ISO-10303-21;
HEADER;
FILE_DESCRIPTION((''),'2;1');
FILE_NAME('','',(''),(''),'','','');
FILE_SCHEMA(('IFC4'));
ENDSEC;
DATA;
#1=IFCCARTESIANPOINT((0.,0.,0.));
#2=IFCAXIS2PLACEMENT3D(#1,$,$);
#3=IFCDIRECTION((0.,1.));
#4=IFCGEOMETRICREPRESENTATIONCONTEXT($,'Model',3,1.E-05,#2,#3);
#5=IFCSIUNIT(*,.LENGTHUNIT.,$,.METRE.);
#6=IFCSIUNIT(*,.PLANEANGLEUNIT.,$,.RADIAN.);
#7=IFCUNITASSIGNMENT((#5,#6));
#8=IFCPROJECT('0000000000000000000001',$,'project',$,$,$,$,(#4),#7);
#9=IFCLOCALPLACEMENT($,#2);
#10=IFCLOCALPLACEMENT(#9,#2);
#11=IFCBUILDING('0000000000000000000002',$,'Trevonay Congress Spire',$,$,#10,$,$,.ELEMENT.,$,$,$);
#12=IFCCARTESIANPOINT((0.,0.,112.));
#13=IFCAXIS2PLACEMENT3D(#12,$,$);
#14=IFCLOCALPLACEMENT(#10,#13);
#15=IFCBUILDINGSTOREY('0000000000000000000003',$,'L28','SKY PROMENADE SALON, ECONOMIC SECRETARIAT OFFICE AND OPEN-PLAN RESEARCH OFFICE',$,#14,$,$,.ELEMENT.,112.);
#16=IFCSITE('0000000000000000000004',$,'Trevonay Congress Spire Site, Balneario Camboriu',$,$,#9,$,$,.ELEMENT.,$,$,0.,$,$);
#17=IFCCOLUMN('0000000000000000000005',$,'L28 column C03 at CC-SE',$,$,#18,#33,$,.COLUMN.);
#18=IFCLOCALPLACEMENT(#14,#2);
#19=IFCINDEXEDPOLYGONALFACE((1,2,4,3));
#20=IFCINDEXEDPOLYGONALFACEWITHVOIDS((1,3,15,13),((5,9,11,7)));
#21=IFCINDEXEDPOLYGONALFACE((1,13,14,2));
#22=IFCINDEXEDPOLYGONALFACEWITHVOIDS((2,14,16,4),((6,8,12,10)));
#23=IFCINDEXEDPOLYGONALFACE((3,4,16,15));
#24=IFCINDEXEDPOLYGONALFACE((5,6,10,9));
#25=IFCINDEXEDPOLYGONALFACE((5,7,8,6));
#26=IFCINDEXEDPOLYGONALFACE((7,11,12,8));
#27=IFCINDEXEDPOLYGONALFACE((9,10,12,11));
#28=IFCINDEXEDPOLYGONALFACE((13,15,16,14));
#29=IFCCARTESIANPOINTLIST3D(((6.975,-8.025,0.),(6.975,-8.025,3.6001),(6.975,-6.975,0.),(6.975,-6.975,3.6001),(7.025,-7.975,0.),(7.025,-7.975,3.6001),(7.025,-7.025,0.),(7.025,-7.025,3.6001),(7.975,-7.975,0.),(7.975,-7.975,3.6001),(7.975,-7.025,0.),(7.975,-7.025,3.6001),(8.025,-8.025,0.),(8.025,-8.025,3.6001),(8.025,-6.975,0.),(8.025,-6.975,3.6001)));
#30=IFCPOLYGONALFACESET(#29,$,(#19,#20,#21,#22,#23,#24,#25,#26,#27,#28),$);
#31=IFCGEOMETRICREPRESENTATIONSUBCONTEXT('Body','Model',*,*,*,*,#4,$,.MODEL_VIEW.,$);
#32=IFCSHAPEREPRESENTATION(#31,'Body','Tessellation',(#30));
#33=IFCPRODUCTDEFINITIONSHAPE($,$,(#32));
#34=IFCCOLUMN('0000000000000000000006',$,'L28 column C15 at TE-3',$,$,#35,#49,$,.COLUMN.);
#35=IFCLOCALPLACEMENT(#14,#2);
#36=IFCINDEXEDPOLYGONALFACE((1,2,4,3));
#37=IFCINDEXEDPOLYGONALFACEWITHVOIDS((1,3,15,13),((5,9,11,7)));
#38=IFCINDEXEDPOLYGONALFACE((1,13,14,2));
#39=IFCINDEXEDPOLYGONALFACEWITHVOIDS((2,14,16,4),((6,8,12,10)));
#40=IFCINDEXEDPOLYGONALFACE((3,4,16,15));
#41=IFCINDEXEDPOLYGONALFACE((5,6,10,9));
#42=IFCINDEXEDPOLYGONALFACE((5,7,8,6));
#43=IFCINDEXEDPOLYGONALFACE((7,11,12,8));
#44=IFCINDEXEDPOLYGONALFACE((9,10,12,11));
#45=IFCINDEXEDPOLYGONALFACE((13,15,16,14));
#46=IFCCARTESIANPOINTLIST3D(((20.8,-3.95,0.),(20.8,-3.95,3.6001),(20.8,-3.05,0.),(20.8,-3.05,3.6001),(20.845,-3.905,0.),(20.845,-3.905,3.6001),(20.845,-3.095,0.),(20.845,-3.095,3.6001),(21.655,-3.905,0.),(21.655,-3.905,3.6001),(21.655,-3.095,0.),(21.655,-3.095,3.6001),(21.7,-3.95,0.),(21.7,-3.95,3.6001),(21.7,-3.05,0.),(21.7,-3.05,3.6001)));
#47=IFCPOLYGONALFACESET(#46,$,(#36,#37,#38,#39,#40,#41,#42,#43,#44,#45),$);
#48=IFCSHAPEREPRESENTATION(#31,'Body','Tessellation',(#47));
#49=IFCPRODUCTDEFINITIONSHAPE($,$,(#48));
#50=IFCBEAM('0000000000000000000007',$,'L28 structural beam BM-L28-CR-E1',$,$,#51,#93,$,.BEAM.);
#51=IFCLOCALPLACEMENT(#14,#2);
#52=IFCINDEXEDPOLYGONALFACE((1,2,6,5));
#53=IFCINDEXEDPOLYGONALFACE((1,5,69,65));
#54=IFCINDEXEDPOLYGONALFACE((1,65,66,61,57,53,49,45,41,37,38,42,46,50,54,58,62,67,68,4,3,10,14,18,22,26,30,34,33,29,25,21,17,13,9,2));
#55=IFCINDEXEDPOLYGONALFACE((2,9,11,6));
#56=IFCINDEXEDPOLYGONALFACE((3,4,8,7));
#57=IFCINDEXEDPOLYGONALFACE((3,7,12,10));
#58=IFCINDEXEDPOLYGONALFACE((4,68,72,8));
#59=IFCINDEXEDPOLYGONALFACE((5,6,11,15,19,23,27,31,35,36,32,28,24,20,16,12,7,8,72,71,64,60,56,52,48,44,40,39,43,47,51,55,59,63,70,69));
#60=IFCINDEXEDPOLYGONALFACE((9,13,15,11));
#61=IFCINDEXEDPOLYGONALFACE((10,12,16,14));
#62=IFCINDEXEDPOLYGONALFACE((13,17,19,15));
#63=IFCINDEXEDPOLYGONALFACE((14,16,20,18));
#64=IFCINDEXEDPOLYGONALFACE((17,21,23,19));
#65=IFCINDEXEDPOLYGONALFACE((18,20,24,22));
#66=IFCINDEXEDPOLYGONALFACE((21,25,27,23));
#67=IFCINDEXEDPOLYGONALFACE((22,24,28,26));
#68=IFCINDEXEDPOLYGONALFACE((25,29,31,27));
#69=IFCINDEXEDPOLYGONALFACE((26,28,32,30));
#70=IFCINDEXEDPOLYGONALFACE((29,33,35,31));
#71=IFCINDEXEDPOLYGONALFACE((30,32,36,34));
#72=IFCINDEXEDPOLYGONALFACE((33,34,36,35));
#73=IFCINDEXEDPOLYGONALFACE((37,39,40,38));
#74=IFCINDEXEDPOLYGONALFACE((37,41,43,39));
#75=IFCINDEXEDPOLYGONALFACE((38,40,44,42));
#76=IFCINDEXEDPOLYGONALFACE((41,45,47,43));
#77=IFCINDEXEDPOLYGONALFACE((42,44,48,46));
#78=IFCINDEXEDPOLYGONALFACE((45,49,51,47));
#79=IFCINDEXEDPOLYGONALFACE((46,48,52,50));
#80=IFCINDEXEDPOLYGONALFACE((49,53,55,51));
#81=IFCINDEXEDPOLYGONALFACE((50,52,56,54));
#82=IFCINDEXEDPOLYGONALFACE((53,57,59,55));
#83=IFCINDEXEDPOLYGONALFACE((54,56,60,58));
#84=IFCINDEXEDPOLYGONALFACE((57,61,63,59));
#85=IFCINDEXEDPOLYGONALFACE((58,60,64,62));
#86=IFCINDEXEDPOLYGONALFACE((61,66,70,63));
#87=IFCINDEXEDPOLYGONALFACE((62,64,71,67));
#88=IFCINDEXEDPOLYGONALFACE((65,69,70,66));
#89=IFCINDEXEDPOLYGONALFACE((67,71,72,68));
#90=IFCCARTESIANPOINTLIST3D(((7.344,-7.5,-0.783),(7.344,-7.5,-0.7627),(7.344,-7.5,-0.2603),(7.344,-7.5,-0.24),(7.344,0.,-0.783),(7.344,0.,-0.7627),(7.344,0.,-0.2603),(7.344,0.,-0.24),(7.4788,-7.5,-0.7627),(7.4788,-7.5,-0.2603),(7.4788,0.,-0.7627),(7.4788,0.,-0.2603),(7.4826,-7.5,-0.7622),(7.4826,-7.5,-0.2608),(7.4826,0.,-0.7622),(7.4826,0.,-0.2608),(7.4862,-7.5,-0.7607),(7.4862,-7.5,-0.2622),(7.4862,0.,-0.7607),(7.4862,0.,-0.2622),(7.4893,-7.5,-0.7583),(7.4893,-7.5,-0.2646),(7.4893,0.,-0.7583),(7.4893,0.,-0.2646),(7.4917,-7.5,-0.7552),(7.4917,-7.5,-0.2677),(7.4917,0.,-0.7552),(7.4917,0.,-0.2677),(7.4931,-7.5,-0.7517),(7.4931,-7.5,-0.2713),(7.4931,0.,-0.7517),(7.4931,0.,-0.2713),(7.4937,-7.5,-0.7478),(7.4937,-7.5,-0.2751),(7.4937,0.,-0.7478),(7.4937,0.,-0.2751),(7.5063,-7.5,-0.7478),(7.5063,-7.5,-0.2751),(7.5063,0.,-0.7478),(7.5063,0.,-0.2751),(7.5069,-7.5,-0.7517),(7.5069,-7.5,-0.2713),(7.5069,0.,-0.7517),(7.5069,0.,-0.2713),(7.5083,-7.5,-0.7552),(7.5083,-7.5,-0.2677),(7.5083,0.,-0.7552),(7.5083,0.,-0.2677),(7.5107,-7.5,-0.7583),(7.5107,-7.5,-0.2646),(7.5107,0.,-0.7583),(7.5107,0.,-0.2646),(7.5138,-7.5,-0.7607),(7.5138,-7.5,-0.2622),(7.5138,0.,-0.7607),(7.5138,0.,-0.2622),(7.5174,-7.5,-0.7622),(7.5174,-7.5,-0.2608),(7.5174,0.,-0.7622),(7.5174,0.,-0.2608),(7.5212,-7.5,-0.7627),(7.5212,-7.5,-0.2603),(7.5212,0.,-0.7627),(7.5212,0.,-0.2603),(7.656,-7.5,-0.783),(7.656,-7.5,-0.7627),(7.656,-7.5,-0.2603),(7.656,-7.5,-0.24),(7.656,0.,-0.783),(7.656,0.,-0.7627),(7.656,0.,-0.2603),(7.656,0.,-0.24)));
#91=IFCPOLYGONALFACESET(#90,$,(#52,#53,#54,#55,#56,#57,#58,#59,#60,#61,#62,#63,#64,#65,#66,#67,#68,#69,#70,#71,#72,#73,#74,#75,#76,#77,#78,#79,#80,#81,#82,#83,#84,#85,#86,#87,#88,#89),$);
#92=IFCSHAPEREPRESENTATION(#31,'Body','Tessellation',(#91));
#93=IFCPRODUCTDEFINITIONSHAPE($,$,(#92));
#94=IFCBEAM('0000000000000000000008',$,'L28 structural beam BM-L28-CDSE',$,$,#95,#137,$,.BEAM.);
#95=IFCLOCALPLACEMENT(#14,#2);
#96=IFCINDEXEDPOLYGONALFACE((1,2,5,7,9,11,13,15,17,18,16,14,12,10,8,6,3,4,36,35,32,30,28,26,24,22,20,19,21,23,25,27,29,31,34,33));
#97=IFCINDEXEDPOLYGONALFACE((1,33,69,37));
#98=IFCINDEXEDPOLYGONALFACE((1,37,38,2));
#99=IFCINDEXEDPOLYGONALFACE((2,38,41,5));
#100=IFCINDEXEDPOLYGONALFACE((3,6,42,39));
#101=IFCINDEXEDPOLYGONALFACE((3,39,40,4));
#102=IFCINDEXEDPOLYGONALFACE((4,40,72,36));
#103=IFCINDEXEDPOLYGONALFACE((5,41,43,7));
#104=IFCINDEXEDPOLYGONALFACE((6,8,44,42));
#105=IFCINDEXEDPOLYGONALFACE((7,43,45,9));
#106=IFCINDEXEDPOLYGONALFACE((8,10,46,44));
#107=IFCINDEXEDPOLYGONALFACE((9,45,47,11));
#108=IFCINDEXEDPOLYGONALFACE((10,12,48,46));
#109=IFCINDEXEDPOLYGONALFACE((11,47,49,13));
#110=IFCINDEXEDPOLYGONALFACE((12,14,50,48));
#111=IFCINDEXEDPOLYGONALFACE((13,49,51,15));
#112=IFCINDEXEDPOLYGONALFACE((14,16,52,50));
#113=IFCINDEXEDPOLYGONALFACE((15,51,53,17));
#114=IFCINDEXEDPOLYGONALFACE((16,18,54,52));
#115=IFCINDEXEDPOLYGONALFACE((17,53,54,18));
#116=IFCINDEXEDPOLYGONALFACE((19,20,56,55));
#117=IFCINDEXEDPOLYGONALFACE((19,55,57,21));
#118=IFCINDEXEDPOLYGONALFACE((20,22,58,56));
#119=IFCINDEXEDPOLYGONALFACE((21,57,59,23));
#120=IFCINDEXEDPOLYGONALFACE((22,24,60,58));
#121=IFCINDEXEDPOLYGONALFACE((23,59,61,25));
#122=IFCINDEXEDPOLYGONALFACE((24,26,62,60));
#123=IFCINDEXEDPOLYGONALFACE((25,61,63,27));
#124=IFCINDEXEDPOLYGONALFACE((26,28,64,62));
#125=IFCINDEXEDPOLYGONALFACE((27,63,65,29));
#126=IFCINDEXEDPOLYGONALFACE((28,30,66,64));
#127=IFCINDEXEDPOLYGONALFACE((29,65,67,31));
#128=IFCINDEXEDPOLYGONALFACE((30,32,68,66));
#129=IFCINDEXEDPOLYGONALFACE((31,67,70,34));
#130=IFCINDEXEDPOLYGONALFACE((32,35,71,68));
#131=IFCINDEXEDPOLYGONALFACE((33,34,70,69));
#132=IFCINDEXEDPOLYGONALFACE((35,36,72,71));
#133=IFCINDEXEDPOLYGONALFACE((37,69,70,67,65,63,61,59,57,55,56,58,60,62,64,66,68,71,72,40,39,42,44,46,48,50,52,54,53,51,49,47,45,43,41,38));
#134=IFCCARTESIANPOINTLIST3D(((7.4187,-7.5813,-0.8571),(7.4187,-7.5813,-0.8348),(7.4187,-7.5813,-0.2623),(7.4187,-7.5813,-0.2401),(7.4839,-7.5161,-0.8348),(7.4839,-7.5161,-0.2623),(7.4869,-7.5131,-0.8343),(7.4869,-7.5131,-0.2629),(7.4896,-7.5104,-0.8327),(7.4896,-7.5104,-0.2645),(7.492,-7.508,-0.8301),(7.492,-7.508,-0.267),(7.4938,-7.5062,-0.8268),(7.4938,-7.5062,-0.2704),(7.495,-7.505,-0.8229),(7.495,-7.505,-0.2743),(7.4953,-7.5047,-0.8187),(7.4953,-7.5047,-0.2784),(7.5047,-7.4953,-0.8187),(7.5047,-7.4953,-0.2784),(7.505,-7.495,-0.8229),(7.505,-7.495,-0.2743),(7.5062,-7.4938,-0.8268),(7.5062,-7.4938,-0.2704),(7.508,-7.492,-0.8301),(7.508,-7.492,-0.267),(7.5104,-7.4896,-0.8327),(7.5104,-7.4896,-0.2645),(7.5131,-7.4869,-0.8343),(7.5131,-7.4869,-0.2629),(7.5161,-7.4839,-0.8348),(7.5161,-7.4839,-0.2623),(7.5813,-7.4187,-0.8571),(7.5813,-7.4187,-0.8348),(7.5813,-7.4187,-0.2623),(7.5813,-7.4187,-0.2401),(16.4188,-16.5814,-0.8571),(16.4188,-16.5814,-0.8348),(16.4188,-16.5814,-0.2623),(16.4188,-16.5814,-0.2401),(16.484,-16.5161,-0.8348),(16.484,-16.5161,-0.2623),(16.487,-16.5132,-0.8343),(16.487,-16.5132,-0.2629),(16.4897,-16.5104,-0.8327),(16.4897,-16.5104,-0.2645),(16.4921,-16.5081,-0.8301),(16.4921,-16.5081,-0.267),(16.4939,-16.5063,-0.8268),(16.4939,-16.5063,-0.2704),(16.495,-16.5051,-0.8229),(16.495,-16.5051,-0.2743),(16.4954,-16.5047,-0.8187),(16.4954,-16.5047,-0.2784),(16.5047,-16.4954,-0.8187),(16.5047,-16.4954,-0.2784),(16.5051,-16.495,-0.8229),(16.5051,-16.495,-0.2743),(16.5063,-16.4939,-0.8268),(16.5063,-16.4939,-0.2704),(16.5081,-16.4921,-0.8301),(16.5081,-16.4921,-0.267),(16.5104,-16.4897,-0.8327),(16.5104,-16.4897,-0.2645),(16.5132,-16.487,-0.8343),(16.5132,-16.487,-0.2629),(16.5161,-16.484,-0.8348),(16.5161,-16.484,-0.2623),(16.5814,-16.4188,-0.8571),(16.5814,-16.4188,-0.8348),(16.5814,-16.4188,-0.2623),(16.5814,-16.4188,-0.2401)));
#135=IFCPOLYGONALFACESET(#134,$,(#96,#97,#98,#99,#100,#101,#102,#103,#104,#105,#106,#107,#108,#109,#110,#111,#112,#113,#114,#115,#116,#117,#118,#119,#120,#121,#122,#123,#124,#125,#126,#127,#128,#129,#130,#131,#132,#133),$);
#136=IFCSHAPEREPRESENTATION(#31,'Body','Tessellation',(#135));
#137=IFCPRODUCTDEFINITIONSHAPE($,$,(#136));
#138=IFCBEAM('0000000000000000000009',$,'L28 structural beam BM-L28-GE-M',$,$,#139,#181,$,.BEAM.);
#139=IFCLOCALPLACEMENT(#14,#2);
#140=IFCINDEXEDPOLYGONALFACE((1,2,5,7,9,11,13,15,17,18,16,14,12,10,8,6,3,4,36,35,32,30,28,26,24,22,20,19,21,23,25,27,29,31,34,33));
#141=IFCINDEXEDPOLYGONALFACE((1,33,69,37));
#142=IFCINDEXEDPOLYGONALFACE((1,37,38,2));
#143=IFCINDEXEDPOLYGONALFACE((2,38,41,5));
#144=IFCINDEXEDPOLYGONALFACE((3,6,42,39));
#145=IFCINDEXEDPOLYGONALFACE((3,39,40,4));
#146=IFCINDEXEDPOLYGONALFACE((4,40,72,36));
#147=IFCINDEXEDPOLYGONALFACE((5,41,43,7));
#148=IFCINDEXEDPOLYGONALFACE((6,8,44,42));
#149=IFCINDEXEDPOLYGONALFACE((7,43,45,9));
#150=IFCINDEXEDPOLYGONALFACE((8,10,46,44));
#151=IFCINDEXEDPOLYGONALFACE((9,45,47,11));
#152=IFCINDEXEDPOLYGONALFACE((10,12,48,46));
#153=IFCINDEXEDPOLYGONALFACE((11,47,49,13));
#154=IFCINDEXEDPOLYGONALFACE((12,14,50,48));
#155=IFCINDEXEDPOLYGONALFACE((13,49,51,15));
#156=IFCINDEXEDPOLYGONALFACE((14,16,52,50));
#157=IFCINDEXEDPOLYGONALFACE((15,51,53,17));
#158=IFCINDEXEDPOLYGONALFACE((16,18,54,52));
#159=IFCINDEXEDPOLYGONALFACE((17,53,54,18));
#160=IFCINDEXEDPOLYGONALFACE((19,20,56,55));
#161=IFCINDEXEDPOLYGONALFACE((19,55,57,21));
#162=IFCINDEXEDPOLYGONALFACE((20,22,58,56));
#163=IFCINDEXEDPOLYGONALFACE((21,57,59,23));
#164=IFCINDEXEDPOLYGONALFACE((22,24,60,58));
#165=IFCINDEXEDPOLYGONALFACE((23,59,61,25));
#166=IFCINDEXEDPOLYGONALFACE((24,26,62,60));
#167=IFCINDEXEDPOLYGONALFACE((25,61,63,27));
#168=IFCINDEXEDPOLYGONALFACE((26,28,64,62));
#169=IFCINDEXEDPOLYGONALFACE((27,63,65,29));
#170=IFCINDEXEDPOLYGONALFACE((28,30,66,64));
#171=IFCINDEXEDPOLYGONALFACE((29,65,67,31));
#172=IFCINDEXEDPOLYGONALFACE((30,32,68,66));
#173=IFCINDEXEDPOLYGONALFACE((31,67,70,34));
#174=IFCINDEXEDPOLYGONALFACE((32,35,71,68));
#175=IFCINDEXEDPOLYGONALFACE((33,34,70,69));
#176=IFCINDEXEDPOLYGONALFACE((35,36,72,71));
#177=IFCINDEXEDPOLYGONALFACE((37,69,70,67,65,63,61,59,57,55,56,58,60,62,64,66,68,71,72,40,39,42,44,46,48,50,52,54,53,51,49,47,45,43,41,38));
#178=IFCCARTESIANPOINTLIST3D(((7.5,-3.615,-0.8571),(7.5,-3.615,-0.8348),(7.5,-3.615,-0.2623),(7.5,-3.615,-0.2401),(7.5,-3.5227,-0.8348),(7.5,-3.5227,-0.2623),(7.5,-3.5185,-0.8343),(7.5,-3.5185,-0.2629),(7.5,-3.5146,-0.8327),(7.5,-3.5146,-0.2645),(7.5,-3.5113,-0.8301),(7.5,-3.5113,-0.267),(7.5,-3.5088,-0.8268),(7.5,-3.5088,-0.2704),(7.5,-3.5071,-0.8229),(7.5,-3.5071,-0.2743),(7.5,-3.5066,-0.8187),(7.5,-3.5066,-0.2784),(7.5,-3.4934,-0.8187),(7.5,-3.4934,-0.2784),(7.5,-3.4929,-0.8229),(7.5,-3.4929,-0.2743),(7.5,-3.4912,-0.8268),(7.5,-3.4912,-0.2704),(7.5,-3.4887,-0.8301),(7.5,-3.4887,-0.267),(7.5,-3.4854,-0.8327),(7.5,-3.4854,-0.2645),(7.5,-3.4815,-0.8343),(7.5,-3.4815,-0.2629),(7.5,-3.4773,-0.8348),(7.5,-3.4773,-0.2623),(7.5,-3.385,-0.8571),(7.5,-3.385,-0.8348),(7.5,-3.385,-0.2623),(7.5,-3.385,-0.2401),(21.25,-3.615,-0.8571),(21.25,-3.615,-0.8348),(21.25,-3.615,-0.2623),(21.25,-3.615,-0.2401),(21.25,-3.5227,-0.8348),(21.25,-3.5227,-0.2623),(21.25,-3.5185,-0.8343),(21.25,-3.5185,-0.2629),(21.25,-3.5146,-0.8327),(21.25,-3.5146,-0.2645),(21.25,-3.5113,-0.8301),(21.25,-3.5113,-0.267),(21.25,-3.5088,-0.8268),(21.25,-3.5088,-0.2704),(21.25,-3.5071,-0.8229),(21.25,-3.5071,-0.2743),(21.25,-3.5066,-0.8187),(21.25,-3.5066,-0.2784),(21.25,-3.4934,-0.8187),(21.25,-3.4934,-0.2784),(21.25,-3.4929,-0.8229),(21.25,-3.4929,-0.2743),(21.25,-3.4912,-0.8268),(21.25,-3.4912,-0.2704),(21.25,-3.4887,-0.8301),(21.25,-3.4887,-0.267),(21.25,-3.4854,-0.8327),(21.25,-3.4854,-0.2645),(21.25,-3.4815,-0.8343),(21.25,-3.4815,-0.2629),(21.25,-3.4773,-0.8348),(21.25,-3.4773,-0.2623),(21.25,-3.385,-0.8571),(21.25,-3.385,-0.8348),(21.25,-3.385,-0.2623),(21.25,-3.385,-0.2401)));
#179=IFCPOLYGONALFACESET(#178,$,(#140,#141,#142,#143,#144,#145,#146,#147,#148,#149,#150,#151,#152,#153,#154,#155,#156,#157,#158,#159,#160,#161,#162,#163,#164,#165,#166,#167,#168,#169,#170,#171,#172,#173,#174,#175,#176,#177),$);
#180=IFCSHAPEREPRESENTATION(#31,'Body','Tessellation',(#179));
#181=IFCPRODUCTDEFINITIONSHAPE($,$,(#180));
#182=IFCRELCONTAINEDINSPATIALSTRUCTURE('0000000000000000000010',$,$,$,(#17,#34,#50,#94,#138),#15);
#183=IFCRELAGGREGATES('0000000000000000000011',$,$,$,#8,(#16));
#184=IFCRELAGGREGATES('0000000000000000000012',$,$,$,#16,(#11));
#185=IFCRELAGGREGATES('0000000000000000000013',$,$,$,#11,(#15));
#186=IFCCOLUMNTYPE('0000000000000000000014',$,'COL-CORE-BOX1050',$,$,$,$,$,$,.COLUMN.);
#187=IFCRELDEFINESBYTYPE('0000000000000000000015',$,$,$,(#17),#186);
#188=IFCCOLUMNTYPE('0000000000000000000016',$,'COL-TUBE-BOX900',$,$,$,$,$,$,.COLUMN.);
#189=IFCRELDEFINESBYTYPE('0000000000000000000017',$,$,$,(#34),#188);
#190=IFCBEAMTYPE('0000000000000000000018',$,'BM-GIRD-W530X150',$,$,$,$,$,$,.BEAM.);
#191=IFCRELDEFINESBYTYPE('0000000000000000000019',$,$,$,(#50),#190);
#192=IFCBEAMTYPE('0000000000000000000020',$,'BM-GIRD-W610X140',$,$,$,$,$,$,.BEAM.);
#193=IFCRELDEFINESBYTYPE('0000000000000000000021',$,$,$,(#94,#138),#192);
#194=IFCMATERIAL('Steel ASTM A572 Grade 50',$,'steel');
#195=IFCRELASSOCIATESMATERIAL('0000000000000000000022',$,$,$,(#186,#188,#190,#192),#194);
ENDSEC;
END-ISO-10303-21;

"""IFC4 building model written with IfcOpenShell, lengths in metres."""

from ifc_helpers import new_model, si_unit, direction, frame, origin, origin_2d, place, context, subcontext, project, spatial, hollow_rectangle, i_section, extrude, material, material_profile, profile_set, type_object, element, save


model = new_model("IFC4")

# Units and contexts
model_context = context("Model", 3, precision=1e-05, world=origin(), true_north=direction((0.0, 1.0)))
body_context = subcontext(model_context, "Body", "Model", "MODEL_VIEW")
ifc_project = project(units=[si_unit("LENGTHUNIT", "METRE"), si_unit("PLANEANGLEUNIT", "RADIAN")], contexts=[model_context])

# Site, building, storey
site_placement = place(None, origin())
site = spatial("IfcSite", under=ifc_project, at=site_placement, Name="Trevonay Congress Spire Site, Balneario Camboriu", CompositionType="ELEMENT", RefElevation=0.0)
building_placement = place(site_placement, origin())
building = spatial("IfcBuilding", under=site, at=building_placement, Name="Trevonay Congress Spire", CompositionType="ELEMENT")
storey_placement = place(building_placement, frame((0.0, 0.0, 112.0)))
storey = spatial("IfcBuildingStorey", under=building, at=storey_placement, Name="L28", Description="SKY PROMENADE SALON, ECONOMIC SECRETARIAT OFFICE AND OPEN-PLAN RESEARCH OFFICE", CompositionType="ELEMENT", Elevation=112.0)

# Columns
ifc_material_1 = material(Name="Steel ASTM A572 Grade 50", Category="steel")
ifc_material_profile_1 = material_profile(ifc_material_1, hollow_rectangle(XDim=1.05, YDim=1.05, WallThickness=0.05, at=origin_2d()), Name="BOX 1050x1050x50")
ifc_profile_set_1 = profile_set([ifc_material_profile_1], Name="Steel ASTM A572 Grade 50")
column_type_1 = type_object("IfcColumnType", Name="COL-CORE-BOX1050", PredefinedType="COLUMN", material=ifc_profile_set_1)
column_1_placement = place(storey_placement, frame((7.5, -7.5, 0.0), z_axis=(0.0, 0.0, 1.0), x_axis=(1.0, 0.0, 0.0)))
element("IfcColumn", 1, at=column_1_placement, inside=storey, type_object=column_type_1, Name="L28 column C03 at CC-SE", PredefinedType="COLUMN", context=body_context, shape_type="SweptSolid", body=[
    extrude(hollow_rectangle(XDim=1.05, YDim=1.05, WallThickness=0.05, at=origin_2d()), origin(), (0.0, 0.0, 1.0), 3.6001),
])
ifc_material_profile_2 = material_profile(ifc_material_1, hollow_rectangle(XDim=0.8999, YDim=0.8999, WallThickness=0.0449, at=origin_2d()), Name="BOX 900x900x45")
ifc_profile_set_2 = profile_set([ifc_material_profile_2], Name="Steel ASTM A572 Grade 50")
column_type_2 = type_object("IfcColumnType", Name="COL-TUBE-BOX900", PredefinedType="COLUMN", material=ifc_profile_set_2)
column_2_placement = place(storey_placement, frame((21.25, -3.5, 0.0), z_axis=(0.0, 0.0, 1.0), x_axis=(1.0, 0.0, 0.0)))
element("IfcColumn", 2, at=column_2_placement, inside=storey, type_object=column_type_2, Name="L28 column C15 at TE-3", PredefinedType="COLUMN", context=body_context, shape_type="SweptSolid", body=[
    extrude(hollow_rectangle(XDim=0.8999, YDim=0.8999, WallThickness=0.0449, at=origin_2d()), origin(), (0.0, 0.0, 1.0), 3.6001),
])

# Beams
ifc_material_profile_3 = material_profile(ifc_material_1, i_section(OverallWidth=0.312, OverallDepth=0.543, WebThickness=0.0127, FlangeThickness=0.0203, FilletRadius=0.0149, at=origin_2d()), Name="W530x150")
ifc_profile_set_3 = profile_set([ifc_material_profile_3], Name="Steel ASTM A572 Grade 50")
beam_type_1 = type_object("IfcBeamType", Name="BM-GIRD-W530X150", PredefinedType="BEAM", material=ifc_profile_set_3)
beam_1_placement = place(storey_placement, frame((7.5, -7.5, -0.5115), z_axis=(0.0, 1.0, 0.0), x_axis=(-1.0, 0.0, 0.0)))
element("IfcBeam", 3, at=beam_1_placement, inside=storey, type_object=beam_type_1, Name="L28 structural beam BM-L28-CR-E1", PredefinedType="BEAM", context=body_context, shape_type="SweptSolid", body=[
    extrude(i_section(OverallWidth=0.312, OverallDepth=0.543, WebThickness=0.0127, FlangeThickness=0.0203, FilletRadius=0.0149, at=origin_2d()), origin(), (0.0, 0.0, 1.0), 7.5),
])
ifc_material_profile_4 = material_profile(ifc_material_1, i_section(OverallWidth=0.23, OverallDepth=0.6169, WebThickness=0.0132, FlangeThickness=0.0222, FilletRadius=0.0161, at=origin_2d()), Name="W610x140")
ifc_profile_set_4 = profile_set([ifc_material_profile_4], Name="Steel ASTM A572 Grade 50")
beam_type_2 = type_object("IfcBeamType", Name="BM-GIRD-W610X140", PredefinedType="BEAM", material=ifc_profile_set_4)
beam_2_placement = place(storey_placement, frame((7.5, -7.5, -0.5486), z_axis=(0.707107, -0.707107, 0.0), x_axis=(0.707107, 0.707107, 0.0)))
element("IfcBeam", 4, at=beam_2_placement, inside=storey, type_object=beam_type_2, Name="L28 structural beam BM-L28-CDSE", PredefinedType="BEAM", context=body_context, shape_type="SweptSolid", body=[
    extrude(i_section(OverallWidth=0.23, OverallDepth=0.6169, WebThickness=0.0132, FlangeThickness=0.0222, FilletRadius=0.0161, at=origin_2d()), origin(), (0.0, 0.0, 1.0), 12.728),
])
beam_3_placement = place(storey_placement, frame((7.5, -3.5, -0.5486), z_axis=(1.0, 0.0, 0.0), x_axis=(0.0, 1.0, 0.0)))
element("IfcBeam", 5, at=beam_3_placement, inside=storey, type_object=beam_type_2, Name="L28 structural beam BM-L28-GE-M", PredefinedType="BEAM", context=body_context, shape_type="SweptSolid", body=[
    extrude(i_section(OverallWidth=0.23, OverallDepth=0.6169, WebThickness=0.0132, FlangeThickness=0.0222, FilletRadius=0.0161, at=origin_2d()), origin(), (0.0, 0.0, 1.0), 13.75),
])

save(model, "model.ifc")
